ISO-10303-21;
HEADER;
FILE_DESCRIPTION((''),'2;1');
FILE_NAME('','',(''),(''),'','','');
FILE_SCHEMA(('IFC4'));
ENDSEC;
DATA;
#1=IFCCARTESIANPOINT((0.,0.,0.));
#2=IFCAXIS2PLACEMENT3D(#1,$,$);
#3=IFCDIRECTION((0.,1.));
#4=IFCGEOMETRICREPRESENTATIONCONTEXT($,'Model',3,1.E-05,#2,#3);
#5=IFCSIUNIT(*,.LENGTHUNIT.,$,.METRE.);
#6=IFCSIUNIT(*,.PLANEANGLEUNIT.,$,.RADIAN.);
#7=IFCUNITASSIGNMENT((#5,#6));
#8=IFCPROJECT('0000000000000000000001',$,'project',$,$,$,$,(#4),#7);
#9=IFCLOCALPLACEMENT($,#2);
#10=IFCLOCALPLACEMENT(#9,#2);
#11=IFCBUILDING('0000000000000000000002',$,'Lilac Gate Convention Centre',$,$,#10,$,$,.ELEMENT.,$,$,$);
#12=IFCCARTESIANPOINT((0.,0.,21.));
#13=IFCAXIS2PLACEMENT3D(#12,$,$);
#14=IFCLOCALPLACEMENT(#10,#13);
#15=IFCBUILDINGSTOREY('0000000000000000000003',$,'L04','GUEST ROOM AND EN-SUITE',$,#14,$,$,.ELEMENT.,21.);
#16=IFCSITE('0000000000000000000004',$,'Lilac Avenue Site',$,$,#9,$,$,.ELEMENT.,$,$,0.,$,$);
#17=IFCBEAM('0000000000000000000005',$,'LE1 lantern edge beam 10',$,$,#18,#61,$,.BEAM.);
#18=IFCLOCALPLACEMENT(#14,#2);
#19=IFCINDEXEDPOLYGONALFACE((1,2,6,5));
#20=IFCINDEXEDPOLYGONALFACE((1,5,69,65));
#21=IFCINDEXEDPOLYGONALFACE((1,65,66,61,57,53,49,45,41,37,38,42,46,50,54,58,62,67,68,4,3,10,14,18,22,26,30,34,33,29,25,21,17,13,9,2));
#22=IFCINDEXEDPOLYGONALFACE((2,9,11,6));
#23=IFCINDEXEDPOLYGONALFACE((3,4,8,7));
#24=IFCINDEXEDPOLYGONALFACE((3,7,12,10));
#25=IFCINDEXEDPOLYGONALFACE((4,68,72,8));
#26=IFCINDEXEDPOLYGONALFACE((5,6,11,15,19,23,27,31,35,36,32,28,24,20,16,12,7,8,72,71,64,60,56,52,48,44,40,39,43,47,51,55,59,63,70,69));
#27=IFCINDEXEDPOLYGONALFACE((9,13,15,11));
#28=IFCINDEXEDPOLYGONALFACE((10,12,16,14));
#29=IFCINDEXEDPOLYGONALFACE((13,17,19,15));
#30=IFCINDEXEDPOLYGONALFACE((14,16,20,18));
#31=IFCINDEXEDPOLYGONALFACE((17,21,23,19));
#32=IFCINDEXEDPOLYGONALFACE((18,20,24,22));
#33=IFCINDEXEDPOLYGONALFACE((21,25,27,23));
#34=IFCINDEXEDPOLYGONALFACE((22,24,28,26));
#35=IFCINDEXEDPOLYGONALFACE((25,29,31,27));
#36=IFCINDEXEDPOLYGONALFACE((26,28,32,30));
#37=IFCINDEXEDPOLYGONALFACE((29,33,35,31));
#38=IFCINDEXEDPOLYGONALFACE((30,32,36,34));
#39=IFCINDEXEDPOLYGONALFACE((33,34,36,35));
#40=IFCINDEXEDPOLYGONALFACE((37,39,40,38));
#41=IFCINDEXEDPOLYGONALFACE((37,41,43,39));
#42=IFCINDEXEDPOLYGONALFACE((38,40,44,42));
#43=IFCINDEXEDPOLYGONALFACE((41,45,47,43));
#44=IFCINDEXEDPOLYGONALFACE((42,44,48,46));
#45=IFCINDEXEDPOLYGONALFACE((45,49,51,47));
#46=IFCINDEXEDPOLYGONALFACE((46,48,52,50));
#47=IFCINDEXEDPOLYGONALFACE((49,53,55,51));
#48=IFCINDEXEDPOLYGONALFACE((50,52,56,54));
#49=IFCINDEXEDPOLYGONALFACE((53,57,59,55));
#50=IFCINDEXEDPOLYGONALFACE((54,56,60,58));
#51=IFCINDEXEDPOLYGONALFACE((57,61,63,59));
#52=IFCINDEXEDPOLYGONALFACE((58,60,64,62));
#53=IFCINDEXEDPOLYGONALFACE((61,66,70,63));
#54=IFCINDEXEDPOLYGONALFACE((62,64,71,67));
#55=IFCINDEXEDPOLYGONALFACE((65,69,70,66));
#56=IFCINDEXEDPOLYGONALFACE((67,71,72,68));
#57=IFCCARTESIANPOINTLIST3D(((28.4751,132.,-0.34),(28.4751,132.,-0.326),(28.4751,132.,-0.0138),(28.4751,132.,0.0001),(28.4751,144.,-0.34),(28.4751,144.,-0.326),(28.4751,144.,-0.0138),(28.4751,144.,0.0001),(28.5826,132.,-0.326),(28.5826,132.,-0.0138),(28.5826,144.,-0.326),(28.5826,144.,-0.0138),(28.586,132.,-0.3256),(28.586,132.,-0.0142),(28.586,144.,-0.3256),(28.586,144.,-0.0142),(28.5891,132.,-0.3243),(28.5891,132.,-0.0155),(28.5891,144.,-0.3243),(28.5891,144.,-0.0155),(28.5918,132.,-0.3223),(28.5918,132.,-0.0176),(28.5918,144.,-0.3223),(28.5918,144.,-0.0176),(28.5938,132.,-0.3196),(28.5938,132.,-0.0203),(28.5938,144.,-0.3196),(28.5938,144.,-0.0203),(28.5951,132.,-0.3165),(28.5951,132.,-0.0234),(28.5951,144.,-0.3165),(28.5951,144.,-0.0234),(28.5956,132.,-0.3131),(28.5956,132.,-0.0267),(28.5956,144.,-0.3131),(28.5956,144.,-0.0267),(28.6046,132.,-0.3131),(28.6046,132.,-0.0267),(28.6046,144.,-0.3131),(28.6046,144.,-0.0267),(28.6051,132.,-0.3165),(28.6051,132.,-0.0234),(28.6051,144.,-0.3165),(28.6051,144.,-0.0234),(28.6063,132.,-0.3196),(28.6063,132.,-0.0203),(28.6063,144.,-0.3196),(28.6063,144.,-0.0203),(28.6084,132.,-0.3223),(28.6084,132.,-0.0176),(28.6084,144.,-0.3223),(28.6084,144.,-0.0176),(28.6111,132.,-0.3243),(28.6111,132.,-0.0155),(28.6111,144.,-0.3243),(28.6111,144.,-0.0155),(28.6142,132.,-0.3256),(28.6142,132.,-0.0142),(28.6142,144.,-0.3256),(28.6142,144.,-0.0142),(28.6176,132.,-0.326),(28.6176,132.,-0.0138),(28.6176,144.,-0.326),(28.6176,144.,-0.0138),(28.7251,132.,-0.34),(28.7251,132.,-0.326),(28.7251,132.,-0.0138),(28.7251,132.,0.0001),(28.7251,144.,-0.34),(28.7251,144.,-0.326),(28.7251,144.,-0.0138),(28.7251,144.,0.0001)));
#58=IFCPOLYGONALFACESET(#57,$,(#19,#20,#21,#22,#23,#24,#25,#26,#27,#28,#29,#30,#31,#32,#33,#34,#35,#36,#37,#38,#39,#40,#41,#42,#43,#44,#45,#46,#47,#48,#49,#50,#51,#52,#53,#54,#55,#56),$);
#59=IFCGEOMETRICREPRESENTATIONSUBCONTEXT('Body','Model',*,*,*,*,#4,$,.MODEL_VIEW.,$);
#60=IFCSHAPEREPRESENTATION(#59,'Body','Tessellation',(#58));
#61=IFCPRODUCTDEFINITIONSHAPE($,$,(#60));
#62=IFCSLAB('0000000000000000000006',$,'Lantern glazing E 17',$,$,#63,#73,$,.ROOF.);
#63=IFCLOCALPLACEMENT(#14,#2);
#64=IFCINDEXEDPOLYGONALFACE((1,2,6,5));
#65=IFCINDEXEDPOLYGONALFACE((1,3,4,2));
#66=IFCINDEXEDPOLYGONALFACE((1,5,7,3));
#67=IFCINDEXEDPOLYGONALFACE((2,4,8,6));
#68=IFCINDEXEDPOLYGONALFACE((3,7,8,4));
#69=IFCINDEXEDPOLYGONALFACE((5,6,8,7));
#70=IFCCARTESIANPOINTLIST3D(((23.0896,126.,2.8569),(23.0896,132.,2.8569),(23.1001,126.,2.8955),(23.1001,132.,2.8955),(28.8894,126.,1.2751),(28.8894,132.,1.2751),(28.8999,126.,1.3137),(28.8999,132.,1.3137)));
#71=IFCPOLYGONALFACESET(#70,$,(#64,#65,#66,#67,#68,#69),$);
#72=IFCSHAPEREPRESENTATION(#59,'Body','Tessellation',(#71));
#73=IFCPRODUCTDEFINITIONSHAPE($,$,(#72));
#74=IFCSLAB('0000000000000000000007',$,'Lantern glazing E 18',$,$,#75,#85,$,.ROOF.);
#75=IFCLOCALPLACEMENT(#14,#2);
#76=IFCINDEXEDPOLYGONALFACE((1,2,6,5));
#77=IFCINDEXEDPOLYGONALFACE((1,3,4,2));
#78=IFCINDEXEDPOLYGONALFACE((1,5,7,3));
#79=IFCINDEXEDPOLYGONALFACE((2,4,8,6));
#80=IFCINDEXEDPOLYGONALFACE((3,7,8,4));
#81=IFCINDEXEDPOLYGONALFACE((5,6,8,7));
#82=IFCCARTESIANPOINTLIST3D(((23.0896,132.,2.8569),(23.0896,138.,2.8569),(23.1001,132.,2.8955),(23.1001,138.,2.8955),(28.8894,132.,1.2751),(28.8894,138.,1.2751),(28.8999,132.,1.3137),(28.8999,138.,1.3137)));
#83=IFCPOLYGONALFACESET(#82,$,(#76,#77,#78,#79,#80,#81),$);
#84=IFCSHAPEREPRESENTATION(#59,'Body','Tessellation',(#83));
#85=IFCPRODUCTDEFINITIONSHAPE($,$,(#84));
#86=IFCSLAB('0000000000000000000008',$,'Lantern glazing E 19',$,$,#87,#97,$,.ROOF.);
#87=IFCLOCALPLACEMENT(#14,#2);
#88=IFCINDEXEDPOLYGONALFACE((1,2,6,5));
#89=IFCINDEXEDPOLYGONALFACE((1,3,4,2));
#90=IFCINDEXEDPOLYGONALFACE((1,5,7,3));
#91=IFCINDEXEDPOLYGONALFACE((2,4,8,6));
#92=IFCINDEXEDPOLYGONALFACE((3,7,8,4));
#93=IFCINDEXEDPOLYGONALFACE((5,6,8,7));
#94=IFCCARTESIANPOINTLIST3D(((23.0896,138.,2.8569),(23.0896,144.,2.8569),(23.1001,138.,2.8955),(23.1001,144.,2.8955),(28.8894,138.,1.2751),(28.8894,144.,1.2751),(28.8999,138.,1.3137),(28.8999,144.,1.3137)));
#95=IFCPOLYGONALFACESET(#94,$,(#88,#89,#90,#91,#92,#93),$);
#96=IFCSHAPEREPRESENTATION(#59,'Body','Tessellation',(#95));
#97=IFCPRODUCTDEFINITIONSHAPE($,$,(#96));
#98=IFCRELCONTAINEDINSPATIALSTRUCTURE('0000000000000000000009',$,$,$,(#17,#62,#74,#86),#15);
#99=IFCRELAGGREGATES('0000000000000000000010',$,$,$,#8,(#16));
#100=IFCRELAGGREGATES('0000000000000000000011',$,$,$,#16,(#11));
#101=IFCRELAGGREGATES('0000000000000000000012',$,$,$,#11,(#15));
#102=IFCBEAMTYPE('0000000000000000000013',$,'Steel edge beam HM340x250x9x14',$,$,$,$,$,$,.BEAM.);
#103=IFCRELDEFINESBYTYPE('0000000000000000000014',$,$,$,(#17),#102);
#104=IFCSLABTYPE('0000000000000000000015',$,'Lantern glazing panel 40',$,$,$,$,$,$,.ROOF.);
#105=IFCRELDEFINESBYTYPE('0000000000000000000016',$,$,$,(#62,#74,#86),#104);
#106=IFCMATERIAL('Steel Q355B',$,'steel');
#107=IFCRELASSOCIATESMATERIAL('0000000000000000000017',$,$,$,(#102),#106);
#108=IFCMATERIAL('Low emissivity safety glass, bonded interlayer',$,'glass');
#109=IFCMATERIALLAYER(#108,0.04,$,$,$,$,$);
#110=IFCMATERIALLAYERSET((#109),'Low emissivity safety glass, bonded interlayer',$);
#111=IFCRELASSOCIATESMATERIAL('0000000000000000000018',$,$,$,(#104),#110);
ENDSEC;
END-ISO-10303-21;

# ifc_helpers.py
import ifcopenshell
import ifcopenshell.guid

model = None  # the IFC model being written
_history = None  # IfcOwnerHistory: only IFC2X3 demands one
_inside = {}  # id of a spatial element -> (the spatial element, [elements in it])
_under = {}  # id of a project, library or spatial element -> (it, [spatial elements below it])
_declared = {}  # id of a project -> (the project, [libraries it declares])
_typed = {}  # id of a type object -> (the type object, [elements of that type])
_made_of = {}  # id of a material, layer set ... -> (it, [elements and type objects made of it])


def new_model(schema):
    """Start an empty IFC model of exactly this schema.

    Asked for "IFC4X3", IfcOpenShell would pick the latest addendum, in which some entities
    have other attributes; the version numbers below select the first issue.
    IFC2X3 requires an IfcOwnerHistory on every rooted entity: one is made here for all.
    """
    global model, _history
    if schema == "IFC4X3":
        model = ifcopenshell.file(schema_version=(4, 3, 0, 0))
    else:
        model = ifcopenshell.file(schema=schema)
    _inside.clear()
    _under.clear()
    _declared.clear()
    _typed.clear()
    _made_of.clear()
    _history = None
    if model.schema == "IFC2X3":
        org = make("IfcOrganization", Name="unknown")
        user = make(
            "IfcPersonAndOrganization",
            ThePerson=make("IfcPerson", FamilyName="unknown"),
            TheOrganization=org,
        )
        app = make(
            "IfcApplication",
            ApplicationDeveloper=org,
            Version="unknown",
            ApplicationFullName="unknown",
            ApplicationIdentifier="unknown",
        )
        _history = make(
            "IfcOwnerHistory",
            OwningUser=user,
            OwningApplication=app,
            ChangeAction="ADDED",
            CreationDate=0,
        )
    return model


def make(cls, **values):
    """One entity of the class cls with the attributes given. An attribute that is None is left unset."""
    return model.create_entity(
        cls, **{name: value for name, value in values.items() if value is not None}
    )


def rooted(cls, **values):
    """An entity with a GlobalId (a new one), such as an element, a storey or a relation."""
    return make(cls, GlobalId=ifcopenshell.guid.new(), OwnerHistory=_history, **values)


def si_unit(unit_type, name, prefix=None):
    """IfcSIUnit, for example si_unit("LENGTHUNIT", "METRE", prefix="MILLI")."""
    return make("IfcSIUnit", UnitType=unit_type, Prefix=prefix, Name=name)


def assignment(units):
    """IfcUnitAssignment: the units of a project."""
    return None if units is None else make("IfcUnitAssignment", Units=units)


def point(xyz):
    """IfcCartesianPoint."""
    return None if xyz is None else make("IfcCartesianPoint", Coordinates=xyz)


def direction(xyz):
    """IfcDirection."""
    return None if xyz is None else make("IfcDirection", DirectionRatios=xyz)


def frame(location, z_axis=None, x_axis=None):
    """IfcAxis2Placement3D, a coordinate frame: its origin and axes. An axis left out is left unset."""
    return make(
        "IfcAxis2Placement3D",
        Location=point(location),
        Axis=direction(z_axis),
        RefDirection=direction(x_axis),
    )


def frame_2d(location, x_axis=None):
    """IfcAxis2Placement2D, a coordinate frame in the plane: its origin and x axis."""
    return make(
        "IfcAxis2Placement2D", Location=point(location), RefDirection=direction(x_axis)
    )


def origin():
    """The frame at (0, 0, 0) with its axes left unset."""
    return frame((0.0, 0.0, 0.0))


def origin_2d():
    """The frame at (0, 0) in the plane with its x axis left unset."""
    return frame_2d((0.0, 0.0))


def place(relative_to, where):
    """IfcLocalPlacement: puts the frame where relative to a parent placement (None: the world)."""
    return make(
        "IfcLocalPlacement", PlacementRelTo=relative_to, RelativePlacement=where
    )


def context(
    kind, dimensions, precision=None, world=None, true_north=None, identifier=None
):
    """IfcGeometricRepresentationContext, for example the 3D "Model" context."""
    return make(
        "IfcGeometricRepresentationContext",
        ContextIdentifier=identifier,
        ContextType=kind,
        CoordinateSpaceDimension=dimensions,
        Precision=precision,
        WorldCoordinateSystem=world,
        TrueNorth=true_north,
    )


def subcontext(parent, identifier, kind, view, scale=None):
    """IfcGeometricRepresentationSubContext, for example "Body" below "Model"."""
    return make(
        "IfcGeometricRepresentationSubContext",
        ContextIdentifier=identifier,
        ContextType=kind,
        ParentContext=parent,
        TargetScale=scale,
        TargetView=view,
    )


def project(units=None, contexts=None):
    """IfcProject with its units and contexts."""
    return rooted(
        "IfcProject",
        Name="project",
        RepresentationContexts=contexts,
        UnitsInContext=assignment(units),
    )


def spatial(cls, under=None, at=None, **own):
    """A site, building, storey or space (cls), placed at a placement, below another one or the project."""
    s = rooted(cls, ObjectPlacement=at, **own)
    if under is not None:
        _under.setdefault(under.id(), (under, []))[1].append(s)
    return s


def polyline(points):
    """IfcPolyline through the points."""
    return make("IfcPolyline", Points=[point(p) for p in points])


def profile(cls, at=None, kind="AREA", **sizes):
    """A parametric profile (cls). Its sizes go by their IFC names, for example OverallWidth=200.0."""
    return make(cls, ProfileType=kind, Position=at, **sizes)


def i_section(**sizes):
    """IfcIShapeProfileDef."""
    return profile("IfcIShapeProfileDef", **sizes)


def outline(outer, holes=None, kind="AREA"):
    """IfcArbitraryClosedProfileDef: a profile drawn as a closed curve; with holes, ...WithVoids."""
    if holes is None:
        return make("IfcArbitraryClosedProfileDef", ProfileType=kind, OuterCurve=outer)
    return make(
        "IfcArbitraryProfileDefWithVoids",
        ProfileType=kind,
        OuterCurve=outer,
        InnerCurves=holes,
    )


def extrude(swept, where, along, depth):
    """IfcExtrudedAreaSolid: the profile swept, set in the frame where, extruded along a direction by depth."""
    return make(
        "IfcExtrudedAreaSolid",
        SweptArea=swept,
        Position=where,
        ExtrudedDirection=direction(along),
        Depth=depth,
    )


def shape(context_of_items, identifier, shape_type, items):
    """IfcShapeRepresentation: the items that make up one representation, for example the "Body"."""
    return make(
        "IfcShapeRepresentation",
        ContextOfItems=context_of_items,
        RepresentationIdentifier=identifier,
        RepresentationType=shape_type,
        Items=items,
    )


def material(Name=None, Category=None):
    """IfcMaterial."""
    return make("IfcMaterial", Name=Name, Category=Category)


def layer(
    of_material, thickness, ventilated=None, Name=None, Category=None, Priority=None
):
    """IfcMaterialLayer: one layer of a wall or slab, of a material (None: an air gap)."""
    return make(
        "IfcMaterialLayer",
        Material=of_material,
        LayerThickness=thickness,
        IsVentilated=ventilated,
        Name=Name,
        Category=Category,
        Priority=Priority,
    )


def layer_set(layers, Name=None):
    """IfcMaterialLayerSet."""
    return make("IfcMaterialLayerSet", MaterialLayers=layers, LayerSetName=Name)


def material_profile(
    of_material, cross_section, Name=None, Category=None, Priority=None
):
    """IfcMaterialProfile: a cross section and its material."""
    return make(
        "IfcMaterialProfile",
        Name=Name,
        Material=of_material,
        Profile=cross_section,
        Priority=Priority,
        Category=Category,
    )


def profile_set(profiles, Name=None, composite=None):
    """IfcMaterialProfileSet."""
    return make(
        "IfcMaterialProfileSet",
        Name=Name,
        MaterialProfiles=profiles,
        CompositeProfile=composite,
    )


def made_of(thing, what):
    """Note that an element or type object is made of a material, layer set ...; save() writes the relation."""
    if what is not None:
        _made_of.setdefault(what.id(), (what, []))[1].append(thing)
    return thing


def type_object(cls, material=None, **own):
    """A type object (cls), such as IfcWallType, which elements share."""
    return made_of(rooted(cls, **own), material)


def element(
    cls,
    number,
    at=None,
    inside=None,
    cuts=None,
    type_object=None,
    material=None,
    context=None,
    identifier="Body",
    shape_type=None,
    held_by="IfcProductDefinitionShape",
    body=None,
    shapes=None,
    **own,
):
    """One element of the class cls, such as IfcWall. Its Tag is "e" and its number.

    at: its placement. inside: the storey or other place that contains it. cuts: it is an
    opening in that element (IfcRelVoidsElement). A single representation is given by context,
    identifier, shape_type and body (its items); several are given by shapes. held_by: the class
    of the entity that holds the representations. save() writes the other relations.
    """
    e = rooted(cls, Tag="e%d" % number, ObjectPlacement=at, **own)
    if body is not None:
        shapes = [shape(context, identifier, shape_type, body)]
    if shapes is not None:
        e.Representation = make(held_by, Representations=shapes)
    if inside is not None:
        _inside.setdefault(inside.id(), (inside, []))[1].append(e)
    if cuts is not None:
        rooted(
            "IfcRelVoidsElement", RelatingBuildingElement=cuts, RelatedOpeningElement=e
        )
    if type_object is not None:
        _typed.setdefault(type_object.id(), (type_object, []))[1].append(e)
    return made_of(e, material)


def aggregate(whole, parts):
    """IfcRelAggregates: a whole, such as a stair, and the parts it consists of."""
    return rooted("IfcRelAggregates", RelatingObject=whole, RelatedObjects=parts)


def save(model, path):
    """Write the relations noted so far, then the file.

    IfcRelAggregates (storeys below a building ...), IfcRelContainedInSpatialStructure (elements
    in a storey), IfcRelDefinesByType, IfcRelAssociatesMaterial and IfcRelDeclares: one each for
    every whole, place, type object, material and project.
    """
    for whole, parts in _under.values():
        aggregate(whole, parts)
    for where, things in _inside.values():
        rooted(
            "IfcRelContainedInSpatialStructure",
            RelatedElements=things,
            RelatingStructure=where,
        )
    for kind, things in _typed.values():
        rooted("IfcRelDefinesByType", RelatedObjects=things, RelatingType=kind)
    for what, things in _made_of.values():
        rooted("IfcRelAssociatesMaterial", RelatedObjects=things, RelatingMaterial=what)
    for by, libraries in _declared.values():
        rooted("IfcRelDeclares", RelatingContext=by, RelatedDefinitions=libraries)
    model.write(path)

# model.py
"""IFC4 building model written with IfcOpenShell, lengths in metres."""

from ifc_helpers import new_model, si_unit, direction, frame, origin, origin_2d, place, context, subcontext, project, spatial, polyline, i_section, outline, extrude, material, layer, layer_set, material_profile, profile_set, type_object, element, save


model = new_model("IFC4")

# Units and contexts
model_context = context("Model", 3, precision=1e-05, world=origin(), true_north=direction((0.0, 1.0)))
body_context = subcontext(model_context, "Body", "Model", "MODEL_VIEW")
ifc_project = project(units=[si_unit("LENGTHUNIT", "METRE"), si_unit("PLANEANGLEUNIT", "RADIAN")], contexts=[model_context])

# Site, building, storey
site_placement = place(None, origin())
site = spatial("IfcSite", under=ifc_project, at=site_placement, Name="Lilac Avenue Site", CompositionType="ELEMENT", RefElevation=0.0)
building_placement = place(site_placement, origin())
building = spatial("IfcBuilding", under=site, at=building_placement, Name="Lilac Gate Convention Centre", CompositionType="ELEMENT")
storey_placement = place(building_placement, frame((0.0, 0.0, 21.0)))
storey = spatial("IfcBuildingStorey", under=building, at=storey_placement, Name="L04", Description="GUEST ROOM AND EN-SUITE", CompositionType="ELEMENT", Elevation=21.0)

# Shared definitions
ifc_material_1 = material(Name="Steel Q355B", Category="steel")

# Beam
ifc_material_profile_1 = material_profile(ifc_material_1, i_section(OverallWidth=0.25, OverallDepth=0.3401, WebThickness=0.009, FlangeThickness=0.0139, FilletRadius=0.0129, at=origin_2d()), Name="HM340x250x9x14")
ifc_profile_set_1 = profile_set([ifc_material_profile_1], Name="Steel Q355B")
beam_type = type_object("IfcBeamType", Name="Steel edge beam HM340x250x9x14", PredefinedType="BEAM", material=ifc_profile_set_1)
beam_placement = place(storey_placement, frame((28.6001, 132.0, -0.1699), z_axis=(0.0, 1.0, 0.0), x_axis=(-1.0, 0.0, 0.0)))
element("IfcBeam", 1, at=beam_placement, inside=storey, type_object=beam_type, Name="LE1 lantern edge beam 10", PredefinedType="BEAM", context=body_context, shape_type="SweptSolid", body=[
    extrude(i_section(OverallWidth=0.25, OverallDepth=0.3401, WebThickness=0.009, FlangeThickness=0.0139, FilletRadius=0.0129, at=origin_2d()), origin(), (0.0, 0.0, 1.0), 12.0),
])

# Slabs
ifc_material_2 = material(Name="Low emissivity safety glass, bonded interlayer", Category="glass")
ifc_layer = layer(ifc_material_2, 0.04)
ifc_layer_set = layer_set([ifc_layer], Name="Low emissivity safety glass, bonded interlayer")
slab_type = type_object("IfcSlabType", Name="Lantern glazing panel 40", PredefinedType="ROOF", material=ifc_layer_set)
for number, where, z_axis, x_axis, name in (
    (2, (23.1001, 126.0, 2.8955), (0.263121, 0.0, 0.964763), (0.964763, 0.0, -0.263121), "Lantern glazing E 17"),
    (3, (23.1001, 132.0, 2.8955), (0.263121, 0.0, 0.964763), (0.964763, 0.0, -0.263121), "Lantern glazing E 18"),
    (4, (23.1001, 138.0, 2.8955), (0.263121, 0.0, 0.964763), (0.964763, 0.0, -0.263121), "Lantern glazing E 19"),
):
    element("IfcSlab", number, at=place(storey_placement, frame(where, z_axis=z_axis, x_axis=x_axis)), inside=storey, type_object=slab_type, Name=name, PredefinedType="ROOF", context=body_context, shape_type="SweptSolid", body=[
        extrude(outline(polyline([(0.0, 0.0), (6.0116, 0.0), (6.0116, 6.0), (0.0, 6.0), (0.0, 0.0)])), origin(), (0.0, 0.0, -1.0), 0.04),
    ])

save(model, "model.ifc")
